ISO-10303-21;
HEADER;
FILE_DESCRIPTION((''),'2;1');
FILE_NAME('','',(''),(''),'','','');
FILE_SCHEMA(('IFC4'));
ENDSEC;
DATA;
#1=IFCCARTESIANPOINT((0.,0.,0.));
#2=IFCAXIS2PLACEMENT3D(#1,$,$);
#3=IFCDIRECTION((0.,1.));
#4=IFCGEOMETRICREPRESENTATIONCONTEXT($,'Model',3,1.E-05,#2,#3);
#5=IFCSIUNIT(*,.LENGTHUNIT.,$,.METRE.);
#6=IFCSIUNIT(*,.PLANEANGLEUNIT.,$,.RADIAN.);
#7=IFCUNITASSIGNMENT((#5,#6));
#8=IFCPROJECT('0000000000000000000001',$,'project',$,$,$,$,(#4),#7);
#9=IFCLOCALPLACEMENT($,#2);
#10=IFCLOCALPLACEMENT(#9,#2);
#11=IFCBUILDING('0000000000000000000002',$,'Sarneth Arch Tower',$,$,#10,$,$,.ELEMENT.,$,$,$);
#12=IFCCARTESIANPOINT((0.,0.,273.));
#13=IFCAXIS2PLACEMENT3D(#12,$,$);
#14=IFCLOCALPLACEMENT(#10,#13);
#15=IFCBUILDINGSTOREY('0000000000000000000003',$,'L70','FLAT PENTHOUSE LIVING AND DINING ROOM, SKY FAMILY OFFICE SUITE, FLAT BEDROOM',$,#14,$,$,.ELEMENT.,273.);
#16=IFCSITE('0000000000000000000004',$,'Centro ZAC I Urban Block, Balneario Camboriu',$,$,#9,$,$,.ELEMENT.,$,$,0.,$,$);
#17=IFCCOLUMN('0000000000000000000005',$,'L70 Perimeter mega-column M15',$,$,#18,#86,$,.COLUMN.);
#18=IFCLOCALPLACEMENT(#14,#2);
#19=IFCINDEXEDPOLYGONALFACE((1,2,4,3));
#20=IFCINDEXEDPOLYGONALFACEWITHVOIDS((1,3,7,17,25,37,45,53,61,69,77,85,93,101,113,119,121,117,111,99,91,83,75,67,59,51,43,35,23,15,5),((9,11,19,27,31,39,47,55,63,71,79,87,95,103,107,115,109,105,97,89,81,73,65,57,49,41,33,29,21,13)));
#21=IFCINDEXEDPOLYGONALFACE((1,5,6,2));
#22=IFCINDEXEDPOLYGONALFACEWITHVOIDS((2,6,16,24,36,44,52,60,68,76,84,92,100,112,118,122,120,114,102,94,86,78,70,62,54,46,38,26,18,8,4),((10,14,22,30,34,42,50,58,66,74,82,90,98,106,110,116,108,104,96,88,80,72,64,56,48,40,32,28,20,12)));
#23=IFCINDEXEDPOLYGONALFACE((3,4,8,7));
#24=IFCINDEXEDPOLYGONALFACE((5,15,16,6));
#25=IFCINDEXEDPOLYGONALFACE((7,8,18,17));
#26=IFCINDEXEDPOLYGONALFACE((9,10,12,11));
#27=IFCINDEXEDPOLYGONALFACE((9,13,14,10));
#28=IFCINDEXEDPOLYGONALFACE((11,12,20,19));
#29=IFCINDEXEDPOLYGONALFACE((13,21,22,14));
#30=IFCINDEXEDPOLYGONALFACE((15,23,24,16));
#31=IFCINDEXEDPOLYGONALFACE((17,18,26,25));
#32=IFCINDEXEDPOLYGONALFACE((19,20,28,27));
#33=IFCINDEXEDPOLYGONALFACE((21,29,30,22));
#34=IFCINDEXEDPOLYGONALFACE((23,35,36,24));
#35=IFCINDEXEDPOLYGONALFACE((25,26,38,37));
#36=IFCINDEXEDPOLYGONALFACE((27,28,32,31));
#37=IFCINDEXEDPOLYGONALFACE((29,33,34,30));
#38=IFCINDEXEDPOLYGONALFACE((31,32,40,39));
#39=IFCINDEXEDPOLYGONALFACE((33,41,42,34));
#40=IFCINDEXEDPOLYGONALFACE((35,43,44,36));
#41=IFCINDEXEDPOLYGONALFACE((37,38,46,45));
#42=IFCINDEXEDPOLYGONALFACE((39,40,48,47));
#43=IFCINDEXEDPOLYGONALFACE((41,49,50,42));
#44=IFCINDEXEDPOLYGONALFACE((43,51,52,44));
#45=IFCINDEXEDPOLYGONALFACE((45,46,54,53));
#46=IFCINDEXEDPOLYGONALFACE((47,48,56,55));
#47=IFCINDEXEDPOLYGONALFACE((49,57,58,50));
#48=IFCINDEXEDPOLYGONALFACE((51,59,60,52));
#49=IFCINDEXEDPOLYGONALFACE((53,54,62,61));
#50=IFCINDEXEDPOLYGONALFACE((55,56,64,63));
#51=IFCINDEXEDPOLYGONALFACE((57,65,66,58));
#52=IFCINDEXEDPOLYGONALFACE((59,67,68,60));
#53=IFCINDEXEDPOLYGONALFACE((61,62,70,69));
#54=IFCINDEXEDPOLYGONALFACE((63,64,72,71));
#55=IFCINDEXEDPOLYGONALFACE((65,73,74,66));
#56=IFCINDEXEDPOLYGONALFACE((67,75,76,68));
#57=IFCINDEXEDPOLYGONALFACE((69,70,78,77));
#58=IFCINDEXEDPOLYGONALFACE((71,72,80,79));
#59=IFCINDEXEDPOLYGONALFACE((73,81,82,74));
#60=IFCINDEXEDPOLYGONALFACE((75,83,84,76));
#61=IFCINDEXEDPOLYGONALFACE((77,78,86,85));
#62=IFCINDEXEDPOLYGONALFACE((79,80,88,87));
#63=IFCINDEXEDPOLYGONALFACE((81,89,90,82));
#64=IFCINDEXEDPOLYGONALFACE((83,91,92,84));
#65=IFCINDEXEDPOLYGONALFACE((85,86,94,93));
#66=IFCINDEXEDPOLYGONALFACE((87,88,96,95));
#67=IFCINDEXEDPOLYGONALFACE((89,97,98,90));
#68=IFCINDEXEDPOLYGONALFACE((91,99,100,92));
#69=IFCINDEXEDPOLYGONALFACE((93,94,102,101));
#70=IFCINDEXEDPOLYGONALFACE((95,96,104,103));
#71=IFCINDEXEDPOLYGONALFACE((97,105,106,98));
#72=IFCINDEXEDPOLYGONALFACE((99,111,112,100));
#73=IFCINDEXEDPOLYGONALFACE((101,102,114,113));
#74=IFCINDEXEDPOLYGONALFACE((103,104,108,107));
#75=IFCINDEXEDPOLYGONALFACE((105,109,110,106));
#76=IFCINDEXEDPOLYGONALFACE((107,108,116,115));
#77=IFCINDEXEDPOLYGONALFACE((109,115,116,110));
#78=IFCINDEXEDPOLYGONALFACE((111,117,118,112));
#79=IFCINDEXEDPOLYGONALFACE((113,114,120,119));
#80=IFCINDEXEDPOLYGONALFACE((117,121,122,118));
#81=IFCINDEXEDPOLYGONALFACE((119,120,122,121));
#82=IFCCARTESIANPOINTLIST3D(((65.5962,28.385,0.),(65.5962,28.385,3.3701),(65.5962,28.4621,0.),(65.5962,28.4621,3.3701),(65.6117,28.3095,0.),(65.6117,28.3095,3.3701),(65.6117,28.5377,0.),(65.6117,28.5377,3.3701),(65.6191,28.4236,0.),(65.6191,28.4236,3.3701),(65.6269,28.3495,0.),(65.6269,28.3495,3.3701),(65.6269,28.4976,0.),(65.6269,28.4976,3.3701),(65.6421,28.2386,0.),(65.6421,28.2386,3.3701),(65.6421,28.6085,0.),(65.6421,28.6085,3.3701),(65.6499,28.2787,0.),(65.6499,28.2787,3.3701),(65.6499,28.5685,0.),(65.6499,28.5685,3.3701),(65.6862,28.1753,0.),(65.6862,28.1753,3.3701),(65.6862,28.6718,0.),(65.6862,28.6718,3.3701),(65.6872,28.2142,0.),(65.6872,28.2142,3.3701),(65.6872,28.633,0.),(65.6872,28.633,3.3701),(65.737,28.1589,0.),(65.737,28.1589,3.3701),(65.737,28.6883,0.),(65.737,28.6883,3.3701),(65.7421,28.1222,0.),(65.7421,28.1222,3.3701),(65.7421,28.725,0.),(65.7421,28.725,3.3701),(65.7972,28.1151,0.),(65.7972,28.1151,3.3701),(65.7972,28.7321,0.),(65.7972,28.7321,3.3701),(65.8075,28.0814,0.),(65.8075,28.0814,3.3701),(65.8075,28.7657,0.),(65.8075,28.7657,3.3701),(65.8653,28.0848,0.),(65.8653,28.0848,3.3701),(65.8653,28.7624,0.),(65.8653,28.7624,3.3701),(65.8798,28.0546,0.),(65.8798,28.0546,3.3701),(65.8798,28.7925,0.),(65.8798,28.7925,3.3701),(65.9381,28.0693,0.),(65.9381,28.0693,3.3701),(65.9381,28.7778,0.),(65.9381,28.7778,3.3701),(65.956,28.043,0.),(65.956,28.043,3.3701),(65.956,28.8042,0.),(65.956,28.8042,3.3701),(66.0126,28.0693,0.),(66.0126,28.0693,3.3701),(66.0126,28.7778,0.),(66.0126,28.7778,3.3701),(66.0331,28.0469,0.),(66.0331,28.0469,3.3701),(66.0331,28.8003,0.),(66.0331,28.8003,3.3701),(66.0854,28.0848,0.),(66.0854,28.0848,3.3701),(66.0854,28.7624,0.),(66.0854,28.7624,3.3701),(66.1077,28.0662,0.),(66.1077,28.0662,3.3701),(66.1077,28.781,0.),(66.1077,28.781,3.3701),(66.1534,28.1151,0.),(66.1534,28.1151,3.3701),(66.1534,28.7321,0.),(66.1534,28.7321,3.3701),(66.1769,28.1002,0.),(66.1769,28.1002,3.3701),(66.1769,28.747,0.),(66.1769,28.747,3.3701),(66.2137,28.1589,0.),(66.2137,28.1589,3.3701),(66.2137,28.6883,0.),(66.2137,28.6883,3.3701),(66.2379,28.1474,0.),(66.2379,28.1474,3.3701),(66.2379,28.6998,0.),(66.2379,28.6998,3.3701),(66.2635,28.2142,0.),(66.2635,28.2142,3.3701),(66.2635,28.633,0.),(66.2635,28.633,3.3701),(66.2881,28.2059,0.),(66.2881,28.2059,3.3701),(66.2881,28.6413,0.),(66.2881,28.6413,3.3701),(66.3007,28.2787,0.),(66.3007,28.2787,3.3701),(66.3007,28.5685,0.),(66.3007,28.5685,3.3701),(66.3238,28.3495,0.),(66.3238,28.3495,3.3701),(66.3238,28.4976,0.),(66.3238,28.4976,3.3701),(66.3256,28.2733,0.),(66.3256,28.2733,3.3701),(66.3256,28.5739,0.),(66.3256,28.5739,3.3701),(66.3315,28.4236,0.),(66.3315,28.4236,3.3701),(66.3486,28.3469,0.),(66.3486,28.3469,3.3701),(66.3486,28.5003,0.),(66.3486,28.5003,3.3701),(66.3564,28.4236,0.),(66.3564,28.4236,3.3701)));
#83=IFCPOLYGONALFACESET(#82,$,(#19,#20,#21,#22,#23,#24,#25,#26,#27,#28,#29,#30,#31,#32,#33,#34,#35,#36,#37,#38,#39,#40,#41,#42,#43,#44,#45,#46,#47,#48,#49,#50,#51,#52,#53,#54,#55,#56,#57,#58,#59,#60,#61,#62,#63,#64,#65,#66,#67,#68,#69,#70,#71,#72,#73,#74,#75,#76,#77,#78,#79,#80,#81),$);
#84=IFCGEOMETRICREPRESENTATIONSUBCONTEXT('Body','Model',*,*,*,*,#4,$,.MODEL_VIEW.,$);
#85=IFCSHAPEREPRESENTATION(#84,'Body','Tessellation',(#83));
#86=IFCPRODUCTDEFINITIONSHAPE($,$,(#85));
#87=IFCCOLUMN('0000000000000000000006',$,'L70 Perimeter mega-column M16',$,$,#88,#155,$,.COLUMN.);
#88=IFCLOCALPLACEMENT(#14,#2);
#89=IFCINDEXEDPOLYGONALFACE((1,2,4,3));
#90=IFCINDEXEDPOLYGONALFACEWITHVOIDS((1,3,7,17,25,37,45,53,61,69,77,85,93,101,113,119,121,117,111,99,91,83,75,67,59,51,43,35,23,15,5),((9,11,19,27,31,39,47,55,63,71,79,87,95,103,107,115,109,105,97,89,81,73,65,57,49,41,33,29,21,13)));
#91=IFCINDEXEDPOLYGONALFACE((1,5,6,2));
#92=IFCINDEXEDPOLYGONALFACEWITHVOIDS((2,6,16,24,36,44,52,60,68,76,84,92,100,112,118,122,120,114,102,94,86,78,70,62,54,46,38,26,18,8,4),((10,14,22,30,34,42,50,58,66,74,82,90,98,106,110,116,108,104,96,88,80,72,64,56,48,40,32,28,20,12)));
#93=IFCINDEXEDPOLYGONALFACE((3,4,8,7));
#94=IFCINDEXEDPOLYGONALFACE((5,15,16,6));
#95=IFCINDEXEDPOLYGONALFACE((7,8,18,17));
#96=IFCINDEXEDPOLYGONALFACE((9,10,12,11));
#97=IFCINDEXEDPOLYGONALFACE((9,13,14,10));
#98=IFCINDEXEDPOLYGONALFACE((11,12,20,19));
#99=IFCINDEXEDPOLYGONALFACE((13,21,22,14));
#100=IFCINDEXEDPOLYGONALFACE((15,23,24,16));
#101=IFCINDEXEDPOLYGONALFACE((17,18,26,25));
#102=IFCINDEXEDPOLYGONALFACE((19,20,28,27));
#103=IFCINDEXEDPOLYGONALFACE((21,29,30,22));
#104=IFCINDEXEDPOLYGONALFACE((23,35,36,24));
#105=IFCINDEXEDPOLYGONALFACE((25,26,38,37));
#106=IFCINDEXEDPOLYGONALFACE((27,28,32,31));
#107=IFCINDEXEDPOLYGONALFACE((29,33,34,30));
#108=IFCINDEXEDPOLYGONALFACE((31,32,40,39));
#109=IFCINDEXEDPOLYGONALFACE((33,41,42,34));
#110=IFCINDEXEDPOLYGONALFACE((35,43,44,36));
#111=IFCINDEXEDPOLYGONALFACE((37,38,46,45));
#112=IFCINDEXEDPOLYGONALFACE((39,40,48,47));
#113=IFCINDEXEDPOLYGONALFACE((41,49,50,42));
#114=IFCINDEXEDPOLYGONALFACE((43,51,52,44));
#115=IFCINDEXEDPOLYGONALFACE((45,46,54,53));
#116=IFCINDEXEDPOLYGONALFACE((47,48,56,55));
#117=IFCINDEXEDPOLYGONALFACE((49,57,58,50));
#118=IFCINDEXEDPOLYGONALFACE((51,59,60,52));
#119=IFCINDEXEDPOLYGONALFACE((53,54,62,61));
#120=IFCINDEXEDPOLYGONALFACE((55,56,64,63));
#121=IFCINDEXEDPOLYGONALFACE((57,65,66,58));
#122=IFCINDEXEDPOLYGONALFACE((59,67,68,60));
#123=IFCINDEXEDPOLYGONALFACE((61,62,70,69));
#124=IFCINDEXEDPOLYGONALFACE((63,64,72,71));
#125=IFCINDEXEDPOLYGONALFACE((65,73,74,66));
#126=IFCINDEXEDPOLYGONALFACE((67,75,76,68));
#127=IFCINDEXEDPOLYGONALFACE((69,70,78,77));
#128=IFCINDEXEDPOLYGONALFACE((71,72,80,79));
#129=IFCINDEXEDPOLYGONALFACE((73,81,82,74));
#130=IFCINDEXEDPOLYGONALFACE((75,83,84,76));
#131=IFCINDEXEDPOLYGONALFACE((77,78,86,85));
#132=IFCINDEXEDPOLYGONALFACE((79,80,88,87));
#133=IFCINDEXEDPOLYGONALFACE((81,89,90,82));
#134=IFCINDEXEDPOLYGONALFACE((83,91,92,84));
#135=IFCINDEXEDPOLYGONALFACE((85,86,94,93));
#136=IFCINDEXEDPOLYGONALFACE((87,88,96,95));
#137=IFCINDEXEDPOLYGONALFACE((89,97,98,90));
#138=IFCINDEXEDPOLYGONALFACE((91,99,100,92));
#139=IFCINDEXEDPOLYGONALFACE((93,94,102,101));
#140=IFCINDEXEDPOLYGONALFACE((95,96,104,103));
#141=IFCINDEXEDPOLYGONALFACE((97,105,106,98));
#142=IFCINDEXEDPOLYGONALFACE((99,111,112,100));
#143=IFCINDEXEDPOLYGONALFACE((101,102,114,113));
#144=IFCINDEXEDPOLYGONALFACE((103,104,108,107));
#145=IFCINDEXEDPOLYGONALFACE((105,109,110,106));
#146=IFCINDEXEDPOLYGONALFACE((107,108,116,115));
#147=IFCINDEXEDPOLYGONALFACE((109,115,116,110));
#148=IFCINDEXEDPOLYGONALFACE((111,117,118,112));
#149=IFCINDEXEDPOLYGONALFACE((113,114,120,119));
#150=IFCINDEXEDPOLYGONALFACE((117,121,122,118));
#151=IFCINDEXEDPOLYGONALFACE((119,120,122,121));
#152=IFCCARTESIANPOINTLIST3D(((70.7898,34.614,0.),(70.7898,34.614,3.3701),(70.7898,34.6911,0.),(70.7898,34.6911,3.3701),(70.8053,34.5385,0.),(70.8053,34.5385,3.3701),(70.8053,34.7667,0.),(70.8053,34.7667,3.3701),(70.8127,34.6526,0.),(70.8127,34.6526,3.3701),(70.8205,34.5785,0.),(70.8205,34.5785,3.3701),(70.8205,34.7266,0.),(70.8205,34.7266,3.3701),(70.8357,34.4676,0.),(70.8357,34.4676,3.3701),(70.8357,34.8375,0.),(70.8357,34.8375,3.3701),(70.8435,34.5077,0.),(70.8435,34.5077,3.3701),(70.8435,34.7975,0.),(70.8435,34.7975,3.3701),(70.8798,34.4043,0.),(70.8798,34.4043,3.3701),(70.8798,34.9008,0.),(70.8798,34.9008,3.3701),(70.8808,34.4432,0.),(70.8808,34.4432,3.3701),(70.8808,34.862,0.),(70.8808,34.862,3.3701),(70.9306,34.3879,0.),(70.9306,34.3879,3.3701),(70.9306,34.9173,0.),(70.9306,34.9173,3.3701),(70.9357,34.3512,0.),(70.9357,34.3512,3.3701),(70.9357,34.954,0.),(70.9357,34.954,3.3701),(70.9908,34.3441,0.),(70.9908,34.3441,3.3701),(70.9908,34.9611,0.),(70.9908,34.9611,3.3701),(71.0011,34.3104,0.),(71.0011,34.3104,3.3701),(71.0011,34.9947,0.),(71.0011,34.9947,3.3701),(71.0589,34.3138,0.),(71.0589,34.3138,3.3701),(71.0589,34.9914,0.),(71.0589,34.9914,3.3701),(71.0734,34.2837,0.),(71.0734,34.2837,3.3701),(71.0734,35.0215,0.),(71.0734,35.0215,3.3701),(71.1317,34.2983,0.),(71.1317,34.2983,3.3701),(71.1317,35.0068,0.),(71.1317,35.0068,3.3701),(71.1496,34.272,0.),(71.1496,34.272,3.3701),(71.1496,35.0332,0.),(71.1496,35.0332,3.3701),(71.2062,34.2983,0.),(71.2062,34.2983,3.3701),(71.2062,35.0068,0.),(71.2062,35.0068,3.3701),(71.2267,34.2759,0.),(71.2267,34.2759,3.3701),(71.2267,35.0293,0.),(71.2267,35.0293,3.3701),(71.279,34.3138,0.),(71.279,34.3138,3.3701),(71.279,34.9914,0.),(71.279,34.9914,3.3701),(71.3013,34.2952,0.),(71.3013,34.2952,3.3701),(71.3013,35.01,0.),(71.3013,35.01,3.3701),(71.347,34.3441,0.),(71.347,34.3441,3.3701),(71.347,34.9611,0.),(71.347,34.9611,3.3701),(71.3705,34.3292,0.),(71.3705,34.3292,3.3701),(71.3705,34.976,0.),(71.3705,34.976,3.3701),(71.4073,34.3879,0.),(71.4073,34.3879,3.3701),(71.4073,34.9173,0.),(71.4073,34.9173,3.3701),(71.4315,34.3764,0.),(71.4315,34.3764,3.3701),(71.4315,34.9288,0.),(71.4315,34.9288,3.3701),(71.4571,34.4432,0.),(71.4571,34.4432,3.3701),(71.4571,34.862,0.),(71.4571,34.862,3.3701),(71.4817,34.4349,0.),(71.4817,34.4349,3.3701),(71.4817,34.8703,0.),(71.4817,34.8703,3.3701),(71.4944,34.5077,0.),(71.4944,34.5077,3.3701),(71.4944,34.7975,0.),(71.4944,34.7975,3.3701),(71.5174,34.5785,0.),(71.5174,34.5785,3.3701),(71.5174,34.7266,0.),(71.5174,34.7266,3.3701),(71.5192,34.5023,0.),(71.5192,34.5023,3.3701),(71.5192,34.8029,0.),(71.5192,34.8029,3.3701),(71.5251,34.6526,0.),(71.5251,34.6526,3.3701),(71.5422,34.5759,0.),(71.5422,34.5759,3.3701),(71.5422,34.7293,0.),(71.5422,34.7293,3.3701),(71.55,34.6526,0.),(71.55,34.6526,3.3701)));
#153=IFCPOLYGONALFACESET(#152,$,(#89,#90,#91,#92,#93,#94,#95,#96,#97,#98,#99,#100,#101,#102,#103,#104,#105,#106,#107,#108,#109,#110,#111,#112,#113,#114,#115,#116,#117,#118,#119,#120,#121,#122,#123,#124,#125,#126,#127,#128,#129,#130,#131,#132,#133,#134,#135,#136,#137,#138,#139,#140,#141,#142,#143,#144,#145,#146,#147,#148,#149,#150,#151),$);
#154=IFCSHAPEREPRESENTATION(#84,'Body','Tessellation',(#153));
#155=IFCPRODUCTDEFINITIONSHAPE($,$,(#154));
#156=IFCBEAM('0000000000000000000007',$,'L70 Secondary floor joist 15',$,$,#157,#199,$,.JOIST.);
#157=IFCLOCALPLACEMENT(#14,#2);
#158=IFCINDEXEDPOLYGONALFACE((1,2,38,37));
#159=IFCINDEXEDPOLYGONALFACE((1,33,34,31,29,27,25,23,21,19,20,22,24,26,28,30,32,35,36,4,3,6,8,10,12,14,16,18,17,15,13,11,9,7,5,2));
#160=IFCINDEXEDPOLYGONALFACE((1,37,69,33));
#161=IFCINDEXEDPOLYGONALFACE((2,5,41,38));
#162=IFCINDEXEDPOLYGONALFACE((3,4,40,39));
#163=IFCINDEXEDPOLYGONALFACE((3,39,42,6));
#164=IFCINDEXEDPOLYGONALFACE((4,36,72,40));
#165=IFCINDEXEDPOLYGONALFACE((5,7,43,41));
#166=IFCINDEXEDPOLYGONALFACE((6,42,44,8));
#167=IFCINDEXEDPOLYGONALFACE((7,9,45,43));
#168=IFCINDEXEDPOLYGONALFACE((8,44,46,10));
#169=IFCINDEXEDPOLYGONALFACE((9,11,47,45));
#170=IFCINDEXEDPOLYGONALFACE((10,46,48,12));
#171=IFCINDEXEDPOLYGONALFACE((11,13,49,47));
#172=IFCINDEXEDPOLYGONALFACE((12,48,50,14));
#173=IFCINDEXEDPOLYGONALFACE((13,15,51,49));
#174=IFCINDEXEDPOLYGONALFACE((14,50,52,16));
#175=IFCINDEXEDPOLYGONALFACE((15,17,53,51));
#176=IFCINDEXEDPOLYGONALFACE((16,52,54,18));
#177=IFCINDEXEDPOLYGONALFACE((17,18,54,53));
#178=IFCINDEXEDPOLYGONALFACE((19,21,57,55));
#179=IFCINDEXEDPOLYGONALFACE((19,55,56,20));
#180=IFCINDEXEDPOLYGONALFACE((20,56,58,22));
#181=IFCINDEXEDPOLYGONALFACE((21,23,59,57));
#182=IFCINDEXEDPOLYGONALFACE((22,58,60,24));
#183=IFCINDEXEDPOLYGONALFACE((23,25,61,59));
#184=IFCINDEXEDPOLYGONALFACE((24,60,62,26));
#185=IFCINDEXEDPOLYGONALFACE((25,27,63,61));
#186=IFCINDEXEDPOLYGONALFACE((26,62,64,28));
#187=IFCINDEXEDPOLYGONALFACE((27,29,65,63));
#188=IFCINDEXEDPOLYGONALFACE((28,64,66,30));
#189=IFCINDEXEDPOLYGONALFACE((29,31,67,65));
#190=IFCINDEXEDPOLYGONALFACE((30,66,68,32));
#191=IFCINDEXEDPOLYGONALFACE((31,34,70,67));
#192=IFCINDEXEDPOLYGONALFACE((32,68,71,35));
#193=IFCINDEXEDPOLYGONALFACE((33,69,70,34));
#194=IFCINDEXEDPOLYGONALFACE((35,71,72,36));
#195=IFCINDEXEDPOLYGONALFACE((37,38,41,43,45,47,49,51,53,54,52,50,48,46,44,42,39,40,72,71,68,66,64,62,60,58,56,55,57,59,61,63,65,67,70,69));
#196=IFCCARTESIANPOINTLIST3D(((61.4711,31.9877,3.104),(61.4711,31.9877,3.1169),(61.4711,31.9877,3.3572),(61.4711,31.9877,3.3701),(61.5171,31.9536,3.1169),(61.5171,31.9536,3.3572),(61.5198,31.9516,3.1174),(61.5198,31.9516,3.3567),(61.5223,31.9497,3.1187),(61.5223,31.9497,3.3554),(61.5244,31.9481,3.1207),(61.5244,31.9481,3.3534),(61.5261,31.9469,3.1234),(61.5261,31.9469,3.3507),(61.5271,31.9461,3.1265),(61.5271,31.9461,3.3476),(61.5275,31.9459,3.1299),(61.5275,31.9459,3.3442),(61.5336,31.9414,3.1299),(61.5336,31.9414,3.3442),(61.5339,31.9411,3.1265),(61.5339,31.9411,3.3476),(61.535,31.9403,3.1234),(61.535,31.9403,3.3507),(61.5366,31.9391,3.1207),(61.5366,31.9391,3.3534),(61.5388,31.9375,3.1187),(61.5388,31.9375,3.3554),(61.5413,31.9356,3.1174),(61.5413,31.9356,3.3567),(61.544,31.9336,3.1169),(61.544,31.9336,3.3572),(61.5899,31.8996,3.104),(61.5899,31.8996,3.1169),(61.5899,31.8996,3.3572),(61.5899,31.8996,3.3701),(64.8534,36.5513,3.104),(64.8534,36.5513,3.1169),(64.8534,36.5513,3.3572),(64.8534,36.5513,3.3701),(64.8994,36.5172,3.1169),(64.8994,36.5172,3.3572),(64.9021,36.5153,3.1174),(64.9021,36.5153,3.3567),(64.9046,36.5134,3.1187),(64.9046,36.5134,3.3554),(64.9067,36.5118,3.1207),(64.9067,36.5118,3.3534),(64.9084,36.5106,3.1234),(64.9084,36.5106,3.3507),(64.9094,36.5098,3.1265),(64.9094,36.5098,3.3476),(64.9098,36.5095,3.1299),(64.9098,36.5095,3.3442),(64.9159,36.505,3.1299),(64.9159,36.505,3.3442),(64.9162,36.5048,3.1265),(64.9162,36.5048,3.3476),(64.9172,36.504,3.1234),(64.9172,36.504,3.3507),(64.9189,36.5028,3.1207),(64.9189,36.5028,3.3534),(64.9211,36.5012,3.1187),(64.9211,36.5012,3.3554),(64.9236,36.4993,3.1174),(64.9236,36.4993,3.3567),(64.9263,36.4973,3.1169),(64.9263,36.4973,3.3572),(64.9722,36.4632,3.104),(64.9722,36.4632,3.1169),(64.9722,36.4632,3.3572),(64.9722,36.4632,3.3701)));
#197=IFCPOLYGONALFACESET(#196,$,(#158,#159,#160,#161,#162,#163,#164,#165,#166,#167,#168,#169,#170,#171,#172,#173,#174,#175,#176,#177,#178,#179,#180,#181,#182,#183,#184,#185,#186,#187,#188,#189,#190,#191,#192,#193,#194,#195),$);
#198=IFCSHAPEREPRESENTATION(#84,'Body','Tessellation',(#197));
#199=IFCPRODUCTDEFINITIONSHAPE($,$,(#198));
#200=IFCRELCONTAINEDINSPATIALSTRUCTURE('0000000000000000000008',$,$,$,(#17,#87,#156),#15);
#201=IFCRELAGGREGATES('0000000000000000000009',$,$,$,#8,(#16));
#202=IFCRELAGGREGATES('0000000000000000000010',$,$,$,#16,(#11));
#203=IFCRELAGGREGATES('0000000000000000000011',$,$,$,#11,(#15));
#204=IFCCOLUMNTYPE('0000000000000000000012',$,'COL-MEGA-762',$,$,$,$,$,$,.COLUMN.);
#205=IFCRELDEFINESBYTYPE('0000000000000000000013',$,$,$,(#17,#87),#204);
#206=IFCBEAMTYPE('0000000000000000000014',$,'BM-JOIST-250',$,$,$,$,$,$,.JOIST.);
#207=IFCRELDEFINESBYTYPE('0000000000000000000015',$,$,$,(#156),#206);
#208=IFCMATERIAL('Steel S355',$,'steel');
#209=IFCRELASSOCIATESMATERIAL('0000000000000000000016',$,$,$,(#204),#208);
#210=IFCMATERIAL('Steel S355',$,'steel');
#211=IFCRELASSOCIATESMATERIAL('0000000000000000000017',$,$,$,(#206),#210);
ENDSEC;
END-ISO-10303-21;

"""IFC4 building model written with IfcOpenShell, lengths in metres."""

from ifc_helpers import new_model, si_unit, direction, frame, origin, origin_2d, place, context, subcontext, project, spatial, hollow_circle, i_section, extrude, material, material_profile, profile_set, type_object, element, save


model = new_model("IFC4")

# Units and contexts
model_context = context("Model", 3, precision=1e-05, world=origin(), true_north=direction((0.0, 1.0)))
body_context = subcontext(model_context, "Body", "Model", "MODEL_VIEW")
ifc_project = project(units=[si_unit("LENGTHUNIT", "METRE"), si_unit("PLANEANGLEUNIT", "RADIAN")], contexts=[model_context])

# Site, building, storey
site_placement = place(None, origin())
site = spatial("IfcSite", under=ifc_project, at=site_placement, Name="Centro ZAC I Urban Block, Balneario Camboriu", CompositionType="ELEMENT", RefElevation=0.0)
building_placement = place(site_placement, origin())
building = spatial("IfcBuilding", under=site, at=building_placement, Name="Sarneth Arch Tower", CompositionType="ELEMENT")
storey_placement = place(building_placement, frame((0.0, 0.0, 273.0)))
storey = spatial("IfcBuildingStorey", under=building, at=storey_placement, Name="L70", Description="FLAT PENTHOUSE LIVING AND DINING ROOM, SKY FAMILY OFFICE SUITE, FLAT BEDROOM", CompositionType="ELEMENT", Elevation=273.0)

# Columns
ifc_material_1 = material(Name="Steel S355", Category="steel")
ifc_material_profile_1 = material_profile(ifc_material_1, hollow_circle(Radius=0.3811, WallThickness=0.0249, at=origin_2d()), Name="CHS762x25")
ifc_profile_set_1 = profile_set([ifc_material_profile_1], Name="Steel S355")
column_type = type_object("IfcColumnType", Name="COL-MEGA-762", PredefinedType="COLUMN", material=ifc_profile_set_1)
for number, where, z_axis, x_axis, name in (
    (1, (65.9753, 28.4236, 0.0), (0.0, 0.0, 1.0), (1.0, 0.0, 0.0), "L70 Perimeter mega-column M15"),
    (2, (71.1689, 34.6526, 0.0), (0.0, 0.0, 1.0), (1.0, 0.0, 0.0), "L70 Perimeter mega-column M16"),
):
    element("IfcColumn", number, at=place(storey_placement, frame(where, z_axis=z_axis, x_axis=x_axis)), inside=storey, type_object=column_type, Name=name, PredefinedType="COLUMN", context=body_context, shape_type="SweptSolid", body=[
        extrude(hollow_circle(Radius=0.3811, WallThickness=0.0249, at=origin_2d()), origin(), (0.0, 0.0, 1.0), 3.3701),
    ])

# Beam
ifc_material_2 = material(Name="Steel S355", Category="steel")
ifc_material_profile_2 = material_profile(ifc_material_2, i_section(OverallWidth=0.1479, OverallDepth=0.2661, WebThickness=0.0076, FlangeThickness=0.0129, FilletRadius=0.0129, at=origin_2d()), Name="W250x44.8")
ifc_profile_set_2 = profile_set([ifc_material_profile_2], Name="Steel S355")
beam_type_1 = type_object("IfcBeamType", Name="BM-JOIST-250", PredefinedType="JOIST", material=ifc_profile_set_2)
beam_1_placement = place(storey_placement, frame((61.5305, 31.9436, 3.2371), z_axis=(0.595431, 0.803406, 0.0), x_axis=(-0.803406, 0.595431, 0.0)))
element("IfcBeam", 3, at=beam_1_placement, inside=storey, type_object=beam_type_1, Name="L70 Secondary floor joist 15", PredefinedType="JOIST", context=body_context, shape_type="SweptSolid", body=[
    extrude(i_section(OverallWidth=0.1479, OverallDepth=0.2661, WebThickness=0.0076, FlangeThickness=0.0129, FilletRadius=0.0129, at=origin_2d()), origin(), (0.0, 0.0, 1.0), 5.6804),
])

save(model, "model.ifc")
